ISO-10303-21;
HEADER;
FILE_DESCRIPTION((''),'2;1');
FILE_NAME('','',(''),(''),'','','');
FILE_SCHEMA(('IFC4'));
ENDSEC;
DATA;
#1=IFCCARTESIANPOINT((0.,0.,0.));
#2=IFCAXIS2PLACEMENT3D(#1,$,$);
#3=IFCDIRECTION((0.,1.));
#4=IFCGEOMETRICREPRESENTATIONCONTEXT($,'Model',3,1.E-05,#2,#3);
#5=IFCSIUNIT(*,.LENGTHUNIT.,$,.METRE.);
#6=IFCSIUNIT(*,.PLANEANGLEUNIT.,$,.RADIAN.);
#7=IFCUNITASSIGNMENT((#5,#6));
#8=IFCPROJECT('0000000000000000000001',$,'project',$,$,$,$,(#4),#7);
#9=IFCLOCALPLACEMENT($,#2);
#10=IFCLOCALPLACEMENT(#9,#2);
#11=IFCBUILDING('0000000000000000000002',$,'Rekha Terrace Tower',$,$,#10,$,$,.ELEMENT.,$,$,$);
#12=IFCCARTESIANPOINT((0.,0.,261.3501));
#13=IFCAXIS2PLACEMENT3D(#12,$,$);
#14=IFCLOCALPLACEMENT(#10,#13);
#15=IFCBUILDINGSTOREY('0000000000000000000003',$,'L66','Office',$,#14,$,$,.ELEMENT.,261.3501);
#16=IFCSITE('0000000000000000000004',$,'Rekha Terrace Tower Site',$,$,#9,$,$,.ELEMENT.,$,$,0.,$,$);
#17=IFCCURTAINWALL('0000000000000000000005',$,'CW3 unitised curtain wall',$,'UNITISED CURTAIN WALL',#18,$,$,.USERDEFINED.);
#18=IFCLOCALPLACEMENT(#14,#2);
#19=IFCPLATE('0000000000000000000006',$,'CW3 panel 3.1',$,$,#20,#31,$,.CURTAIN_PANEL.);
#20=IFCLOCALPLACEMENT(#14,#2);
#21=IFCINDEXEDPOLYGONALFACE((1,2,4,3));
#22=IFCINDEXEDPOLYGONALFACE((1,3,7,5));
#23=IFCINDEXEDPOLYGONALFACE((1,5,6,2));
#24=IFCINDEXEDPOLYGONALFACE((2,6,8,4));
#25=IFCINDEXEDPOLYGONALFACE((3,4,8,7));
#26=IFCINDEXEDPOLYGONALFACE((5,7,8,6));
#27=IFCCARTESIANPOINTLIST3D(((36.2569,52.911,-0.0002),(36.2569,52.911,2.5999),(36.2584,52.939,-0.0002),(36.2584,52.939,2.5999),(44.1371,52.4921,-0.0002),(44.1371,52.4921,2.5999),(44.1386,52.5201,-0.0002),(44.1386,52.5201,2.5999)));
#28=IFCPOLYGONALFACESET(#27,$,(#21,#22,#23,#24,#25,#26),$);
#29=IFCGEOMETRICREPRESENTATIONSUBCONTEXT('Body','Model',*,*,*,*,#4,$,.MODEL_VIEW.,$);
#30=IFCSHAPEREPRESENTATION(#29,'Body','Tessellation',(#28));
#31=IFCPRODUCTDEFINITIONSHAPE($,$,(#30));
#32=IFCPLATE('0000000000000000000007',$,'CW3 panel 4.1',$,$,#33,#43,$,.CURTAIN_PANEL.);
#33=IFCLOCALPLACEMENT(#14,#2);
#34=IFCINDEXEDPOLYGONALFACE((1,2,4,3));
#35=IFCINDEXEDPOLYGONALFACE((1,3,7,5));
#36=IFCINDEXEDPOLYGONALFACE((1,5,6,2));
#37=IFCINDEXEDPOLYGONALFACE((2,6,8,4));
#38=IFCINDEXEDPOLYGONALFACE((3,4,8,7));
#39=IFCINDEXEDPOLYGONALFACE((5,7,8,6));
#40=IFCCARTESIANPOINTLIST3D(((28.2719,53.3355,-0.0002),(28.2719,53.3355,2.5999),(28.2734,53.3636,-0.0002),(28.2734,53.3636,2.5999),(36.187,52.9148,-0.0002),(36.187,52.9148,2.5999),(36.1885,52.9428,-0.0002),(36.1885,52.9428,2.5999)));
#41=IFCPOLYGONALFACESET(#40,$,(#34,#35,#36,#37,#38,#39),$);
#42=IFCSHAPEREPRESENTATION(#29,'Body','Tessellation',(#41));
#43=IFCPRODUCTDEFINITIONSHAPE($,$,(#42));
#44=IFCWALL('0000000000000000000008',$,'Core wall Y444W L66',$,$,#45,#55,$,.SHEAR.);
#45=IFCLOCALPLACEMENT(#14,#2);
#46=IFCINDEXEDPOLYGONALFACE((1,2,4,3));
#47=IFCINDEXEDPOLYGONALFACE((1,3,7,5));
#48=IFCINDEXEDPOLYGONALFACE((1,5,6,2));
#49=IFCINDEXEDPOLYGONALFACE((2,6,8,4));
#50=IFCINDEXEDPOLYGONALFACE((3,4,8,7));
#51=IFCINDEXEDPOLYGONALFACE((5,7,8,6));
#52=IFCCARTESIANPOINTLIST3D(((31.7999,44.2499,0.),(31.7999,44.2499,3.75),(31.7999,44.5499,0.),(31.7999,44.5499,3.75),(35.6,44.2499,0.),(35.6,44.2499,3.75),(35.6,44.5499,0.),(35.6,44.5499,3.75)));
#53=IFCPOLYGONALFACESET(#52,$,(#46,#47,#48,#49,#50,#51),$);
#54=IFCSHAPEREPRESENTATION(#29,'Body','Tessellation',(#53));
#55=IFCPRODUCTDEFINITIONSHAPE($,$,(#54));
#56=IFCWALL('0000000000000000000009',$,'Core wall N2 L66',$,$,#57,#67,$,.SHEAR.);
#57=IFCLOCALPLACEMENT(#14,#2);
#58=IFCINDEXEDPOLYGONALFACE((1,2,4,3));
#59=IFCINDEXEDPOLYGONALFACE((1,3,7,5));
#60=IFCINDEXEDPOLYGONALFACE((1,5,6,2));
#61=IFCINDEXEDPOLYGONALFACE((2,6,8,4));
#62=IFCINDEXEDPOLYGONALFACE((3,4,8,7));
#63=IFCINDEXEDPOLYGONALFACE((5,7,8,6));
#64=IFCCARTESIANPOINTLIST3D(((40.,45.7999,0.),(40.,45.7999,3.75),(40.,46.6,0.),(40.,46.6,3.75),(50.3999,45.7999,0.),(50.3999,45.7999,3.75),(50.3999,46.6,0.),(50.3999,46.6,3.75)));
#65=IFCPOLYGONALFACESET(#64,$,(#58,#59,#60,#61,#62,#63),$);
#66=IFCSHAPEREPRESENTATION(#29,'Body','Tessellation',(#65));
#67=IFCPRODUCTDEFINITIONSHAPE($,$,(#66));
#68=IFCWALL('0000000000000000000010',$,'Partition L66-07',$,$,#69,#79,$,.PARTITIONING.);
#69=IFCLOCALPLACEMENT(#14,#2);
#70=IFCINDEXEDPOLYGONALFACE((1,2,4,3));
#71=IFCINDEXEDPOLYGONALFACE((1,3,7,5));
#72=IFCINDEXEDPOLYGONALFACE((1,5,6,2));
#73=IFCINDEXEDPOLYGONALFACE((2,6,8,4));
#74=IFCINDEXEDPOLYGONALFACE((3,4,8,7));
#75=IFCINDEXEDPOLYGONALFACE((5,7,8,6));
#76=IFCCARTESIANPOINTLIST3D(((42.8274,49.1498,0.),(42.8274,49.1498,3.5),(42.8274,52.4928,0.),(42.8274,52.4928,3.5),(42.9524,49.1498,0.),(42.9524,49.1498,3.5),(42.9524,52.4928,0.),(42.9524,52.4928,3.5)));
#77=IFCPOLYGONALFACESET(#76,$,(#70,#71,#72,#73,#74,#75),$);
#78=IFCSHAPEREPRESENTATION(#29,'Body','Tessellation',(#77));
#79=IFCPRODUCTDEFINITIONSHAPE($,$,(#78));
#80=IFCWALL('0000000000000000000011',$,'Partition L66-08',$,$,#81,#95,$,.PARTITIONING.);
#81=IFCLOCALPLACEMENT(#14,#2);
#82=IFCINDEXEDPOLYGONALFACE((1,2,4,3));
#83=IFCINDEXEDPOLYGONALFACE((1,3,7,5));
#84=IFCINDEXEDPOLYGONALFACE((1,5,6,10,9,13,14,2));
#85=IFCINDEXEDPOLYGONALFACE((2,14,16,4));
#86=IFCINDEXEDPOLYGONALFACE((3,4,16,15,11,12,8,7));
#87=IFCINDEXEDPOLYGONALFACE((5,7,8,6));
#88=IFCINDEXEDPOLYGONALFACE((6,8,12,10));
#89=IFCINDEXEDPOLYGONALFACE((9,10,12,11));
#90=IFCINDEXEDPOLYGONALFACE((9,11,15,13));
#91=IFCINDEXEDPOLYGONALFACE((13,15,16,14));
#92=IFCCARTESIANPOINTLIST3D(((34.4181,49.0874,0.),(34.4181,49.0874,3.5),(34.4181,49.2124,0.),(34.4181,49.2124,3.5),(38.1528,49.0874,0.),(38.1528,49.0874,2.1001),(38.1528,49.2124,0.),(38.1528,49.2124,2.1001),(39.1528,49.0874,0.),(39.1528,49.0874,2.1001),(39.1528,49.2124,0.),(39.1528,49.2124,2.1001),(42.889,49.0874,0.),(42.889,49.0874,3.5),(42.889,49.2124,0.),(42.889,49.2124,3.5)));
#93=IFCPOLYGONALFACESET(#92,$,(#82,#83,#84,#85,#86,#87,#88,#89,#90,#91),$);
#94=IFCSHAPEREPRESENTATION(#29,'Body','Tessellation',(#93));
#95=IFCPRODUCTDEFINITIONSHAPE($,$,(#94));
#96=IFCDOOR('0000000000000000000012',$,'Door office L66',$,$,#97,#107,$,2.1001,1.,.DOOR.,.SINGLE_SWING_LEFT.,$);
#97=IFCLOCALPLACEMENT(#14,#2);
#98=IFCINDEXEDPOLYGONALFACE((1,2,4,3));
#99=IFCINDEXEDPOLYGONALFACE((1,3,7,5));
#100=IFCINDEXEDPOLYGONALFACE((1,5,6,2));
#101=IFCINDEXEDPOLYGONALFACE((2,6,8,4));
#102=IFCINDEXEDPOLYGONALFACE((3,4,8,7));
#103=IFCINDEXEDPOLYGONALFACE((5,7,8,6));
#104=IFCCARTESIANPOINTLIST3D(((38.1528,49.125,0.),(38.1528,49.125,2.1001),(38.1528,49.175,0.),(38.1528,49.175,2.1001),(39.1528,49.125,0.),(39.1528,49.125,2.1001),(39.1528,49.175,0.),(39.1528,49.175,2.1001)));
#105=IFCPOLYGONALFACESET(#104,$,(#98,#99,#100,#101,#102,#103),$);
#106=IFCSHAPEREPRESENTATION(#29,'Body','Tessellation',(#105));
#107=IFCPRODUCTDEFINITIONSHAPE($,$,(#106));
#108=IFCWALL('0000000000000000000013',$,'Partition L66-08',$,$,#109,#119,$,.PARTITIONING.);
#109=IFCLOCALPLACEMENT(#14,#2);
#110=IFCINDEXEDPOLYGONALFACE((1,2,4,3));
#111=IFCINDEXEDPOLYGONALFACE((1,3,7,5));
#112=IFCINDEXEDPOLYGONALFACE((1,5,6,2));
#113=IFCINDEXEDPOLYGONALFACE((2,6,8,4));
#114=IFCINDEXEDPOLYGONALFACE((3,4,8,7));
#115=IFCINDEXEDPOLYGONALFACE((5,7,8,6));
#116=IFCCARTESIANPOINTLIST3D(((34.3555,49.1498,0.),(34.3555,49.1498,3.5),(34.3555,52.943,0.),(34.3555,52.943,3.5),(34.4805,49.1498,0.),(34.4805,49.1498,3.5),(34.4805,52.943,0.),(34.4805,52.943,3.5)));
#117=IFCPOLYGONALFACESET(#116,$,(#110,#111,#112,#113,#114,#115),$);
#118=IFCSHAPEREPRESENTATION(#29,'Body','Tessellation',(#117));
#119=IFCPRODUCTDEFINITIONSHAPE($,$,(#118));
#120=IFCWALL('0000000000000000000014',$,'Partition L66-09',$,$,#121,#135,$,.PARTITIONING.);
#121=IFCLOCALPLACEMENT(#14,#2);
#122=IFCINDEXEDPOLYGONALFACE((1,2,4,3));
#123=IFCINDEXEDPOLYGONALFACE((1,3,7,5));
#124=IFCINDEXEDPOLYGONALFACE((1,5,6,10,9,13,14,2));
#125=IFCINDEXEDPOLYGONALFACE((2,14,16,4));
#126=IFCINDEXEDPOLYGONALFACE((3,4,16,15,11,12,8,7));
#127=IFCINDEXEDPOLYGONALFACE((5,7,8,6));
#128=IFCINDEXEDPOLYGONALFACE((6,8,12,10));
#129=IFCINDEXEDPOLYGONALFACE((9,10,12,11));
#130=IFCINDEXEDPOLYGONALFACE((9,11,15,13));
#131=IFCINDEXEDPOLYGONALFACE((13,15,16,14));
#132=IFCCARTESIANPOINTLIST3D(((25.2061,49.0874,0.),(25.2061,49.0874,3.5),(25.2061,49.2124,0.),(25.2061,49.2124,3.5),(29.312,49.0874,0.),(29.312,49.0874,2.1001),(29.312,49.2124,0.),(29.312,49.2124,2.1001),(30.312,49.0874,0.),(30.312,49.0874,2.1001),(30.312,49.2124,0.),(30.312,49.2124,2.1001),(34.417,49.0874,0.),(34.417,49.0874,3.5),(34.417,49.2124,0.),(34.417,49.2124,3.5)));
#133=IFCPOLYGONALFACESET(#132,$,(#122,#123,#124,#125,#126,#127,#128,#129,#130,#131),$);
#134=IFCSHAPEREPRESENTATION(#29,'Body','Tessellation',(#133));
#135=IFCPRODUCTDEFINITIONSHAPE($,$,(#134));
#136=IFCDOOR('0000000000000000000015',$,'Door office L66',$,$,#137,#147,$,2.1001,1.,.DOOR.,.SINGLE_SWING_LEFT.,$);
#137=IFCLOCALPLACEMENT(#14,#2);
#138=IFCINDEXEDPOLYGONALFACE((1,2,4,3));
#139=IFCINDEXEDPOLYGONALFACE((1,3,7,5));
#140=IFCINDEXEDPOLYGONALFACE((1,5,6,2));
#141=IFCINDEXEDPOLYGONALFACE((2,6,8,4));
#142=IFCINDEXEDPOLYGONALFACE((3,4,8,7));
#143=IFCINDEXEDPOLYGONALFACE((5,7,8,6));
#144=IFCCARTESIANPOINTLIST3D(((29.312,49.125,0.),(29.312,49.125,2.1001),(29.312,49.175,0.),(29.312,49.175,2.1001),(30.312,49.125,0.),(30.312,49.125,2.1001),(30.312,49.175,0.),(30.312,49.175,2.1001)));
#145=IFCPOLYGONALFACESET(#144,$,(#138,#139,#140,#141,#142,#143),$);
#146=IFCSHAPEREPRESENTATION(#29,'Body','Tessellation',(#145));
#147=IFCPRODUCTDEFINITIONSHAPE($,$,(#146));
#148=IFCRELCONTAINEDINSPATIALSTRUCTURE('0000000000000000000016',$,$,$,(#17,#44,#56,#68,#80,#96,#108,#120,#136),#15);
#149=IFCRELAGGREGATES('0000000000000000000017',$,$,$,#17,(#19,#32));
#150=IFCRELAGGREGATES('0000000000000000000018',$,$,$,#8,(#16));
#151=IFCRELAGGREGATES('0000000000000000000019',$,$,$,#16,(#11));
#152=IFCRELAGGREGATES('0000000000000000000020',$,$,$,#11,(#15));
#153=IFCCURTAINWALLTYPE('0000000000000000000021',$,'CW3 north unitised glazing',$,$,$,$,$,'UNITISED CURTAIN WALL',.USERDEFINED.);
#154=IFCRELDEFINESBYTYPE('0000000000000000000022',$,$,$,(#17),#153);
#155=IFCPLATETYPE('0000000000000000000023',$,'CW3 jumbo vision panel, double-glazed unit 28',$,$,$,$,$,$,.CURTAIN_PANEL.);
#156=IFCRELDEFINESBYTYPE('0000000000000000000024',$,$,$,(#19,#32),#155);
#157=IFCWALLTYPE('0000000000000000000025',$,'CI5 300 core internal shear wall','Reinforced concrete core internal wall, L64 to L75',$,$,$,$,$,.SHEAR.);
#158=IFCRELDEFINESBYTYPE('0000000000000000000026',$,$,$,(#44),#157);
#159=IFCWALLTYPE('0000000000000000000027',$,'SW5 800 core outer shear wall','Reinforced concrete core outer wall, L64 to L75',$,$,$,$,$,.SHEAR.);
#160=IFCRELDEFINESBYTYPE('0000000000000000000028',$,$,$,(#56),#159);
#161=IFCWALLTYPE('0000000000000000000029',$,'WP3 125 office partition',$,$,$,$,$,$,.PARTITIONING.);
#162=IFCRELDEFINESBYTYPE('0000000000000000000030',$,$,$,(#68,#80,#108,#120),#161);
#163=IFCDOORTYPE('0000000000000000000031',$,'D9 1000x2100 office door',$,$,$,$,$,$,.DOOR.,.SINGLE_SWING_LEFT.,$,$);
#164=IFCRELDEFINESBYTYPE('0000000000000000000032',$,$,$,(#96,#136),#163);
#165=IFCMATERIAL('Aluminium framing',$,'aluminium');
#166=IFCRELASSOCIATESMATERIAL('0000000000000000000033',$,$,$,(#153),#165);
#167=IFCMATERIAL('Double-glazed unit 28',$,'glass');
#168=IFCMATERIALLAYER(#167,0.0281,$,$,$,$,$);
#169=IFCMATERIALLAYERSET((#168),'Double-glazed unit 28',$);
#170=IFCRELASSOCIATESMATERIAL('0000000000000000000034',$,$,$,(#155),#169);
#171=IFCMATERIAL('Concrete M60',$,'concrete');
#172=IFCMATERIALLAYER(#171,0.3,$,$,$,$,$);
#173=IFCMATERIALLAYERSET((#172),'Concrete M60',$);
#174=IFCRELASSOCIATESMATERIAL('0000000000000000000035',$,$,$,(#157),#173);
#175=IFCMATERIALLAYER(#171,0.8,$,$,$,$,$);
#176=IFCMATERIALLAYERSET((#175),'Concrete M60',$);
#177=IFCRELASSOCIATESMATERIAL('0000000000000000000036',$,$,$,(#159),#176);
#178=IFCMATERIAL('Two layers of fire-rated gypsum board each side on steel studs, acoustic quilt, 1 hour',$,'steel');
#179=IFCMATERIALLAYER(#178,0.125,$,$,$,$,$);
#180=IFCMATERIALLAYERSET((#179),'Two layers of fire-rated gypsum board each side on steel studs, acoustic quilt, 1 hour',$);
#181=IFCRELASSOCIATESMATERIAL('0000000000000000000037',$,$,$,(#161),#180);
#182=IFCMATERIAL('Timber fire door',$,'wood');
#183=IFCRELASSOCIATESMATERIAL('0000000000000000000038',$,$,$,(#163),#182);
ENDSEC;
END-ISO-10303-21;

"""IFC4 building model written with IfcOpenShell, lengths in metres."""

from ifc_helpers import new_model, si_unit, direction, frame, frame_2d, origin, origin_2d, place, context, subcontext, project, spatial, rectangle, extrude, material, layer, layer_set, type_object, element, fill, aggregate, save


model = new_model("IFC4")

# Units and contexts
model_context = context("Model", 3, precision=1e-05, world=origin(), true_north=direction((0.0, 1.0)))
body_context = subcontext(model_context, "Body", "Model", "MODEL_VIEW")
ifc_project = project(units=[si_unit("LENGTHUNIT", "METRE"), si_unit("PLANEANGLEUNIT", "RADIAN")], contexts=[model_context])

# Site, building, storey
site_placement = place(None, origin())
site = spatial("IfcSite", under=ifc_project, at=site_placement, Name="Rekha Terrace Tower Site", CompositionType="ELEMENT", RefElevation=0.0)
building_placement = place(site_placement, origin())
building = spatial("IfcBuilding", under=site, at=building_placement, Name="Rekha Terrace Tower", CompositionType="ELEMENT")
storey_placement = place(building_placement, frame((0.0, 0.0, 261.3501)))
storey = spatial("IfcBuildingStorey", under=building, at=storey_placement, Name="L66", Description="Office", CompositionType="ELEMENT", Elevation=261.3501)

# Shared definitions
ifc_material_1 = material(Name="Concrete M60", Category="concrete")

# Curtain wall
ifc_material_2 = material(Name="Aluminium framing", Category="aluminium")
curtain_wall_type = type_object("IfcCurtainWallType", Name="CW3 north unitised glazing", ElementType="UNITISED CURTAIN WALL", PredefinedType="USERDEFINED", material=ifc_material_2)
curtain_wall_placement = place(storey_placement, origin())
curtain_wall = element("IfcCurtainWall", 1, at=curtain_wall_placement, inside=storey, type_object=curtain_wall_type, Name="CW3 unitised curtain wall", ObjectType="UNITISED CURTAIN WALL", PredefinedType="USERDEFINED")

# Plates
ifc_material_3 = material(Name="Double-glazed unit 28", Category="glass")
ifc_layer_1 = layer(ifc_material_3, 0.0281)
ifc_layer_set_1 = layer_set([ifc_layer_1], Name="Double-glazed unit 28")
plate_type = type_object("IfcPlateType", Name="CW3 jumbo vision panel, double-glazed unit 28", PredefinedType="CURTAIN_PANEL", material=ifc_layer_set_1)
plate_1_placement = place(storey_placement, frame((40.1978, 52.7156, -0.0002), z_axis=(0.0, 0.0, 1.0), x_axis=(-0.99859, 0.053083, 0.0)))
plate_1 = element("IfcPlate", 2, at=plate_1_placement, type_object=plate_type, Name="CW3 panel 3.1", PredefinedType="CURTAIN_PANEL", context=body_context, shape_type="SweptSolid", body=[
    extrude(rectangle(XDim=7.8914, YDim=0.0281, at=origin_2d()), origin(), (0.0, 0.0, 1.0), 2.6001),
])
plate_2_placement = place(storey_placement, frame((32.2302, 53.1392, -0.0002), z_axis=(0.0, 0.0, 1.0), x_axis=(-0.99859, 0.053083, 0.0)))
plate_2 = element("IfcPlate", 3, at=plate_2_placement, type_object=plate_type, Name="CW3 panel 4.1", PredefinedType="CURTAIN_PANEL", context=body_context, shape_type="SweptSolid", body=[
    extrude(rectangle(XDim=7.9263, YDim=0.0281, at=origin_2d()), origin(), (0.0, 0.0, 1.0), 2.6001),
])
aggregate(curtain_wall, [plate_1, plate_2])

# Walls
ifc_layer_2 = layer(ifc_material_1, 0.3)
ifc_layer_set_2 = layer_set([ifc_layer_2], Name="Concrete M60")
wall_type_1 = type_object("IfcWallType", Name="CI5 300 core internal shear wall", Description="Reinforced concrete core internal wall, L64 to L75", PredefinedType="SHEAR", material=ifc_layer_set_2)
wall_1_placement = place(storey_placement, frame((31.8, 44.3999, 0.0), z_axis=(0.0, 0.0, 1.0), x_axis=(1.0, 0.0, 0.0)))
element("IfcWall", 4, at=wall_1_placement, inside=storey, type_object=wall_type_1, Name="Core wall Y444W L66", PredefinedType="SHEAR", context=body_context, shape_type="SweptSolid", body=[
    extrude(rectangle(XDim=3.8, YDim=0.3, at=frame_2d((1.8999, 0.0))), origin(), (0.0, 0.0, 1.0), 3.75),
])
ifc_layer_3 = layer(ifc_material_1, 0.8)
ifc_layer_set_3 = layer_set([ifc_layer_3], Name="Concrete M60")
wall_type_2 = type_object("IfcWallType", Name="SW5 800 core outer shear wall", Description="Reinforced concrete core outer wall, L64 to L75", PredefinedType="SHEAR", material=ifc_layer_set_3)
wall_2_placement = place(storey_placement, frame((40.0, 46.2, 0.0), z_axis=(0.0, 0.0, 1.0), x_axis=(1.0, 0.0, 0.0)))
element("IfcWall", 5, at=wall_2_placement, inside=storey, type_object=wall_type_2, Name="Core wall N2 L66", PredefinedType="SHEAR", context=body_context, shape_type="SweptSolid", body=[
    extrude(rectangle(XDim=10.3999, YDim=0.8, at=frame_2d((5.2, 0.0))), origin(), (0.0, 0.0, 1.0), 3.75),
])
ifc_material_4 = material(Name="Two layers of fire-rated gypsum board each side on steel studs, acoustic quilt, 1 hour", Category="steel")
ifc_layer_4 = layer(ifc_material_4, 0.125)
ifc_layer_set_4 = layer_set([ifc_layer_4], Name="Two layers of fire-rated gypsum board each side on steel studs, acoustic quilt, 1 hour")
wall_type_3 = type_object("IfcWallType", Name="WP3 125 office partition", PredefinedType="PARTITIONING", material=ifc_layer_set_4)
wall_3_placement = place(storey_placement, frame((42.8899, 49.1499, 0.0), z_axis=(0.0, 0.0, 1.0), x_axis=(0.0, 1.0, 0.0)))
element("IfcWall", 6, at=wall_3_placement, inside=storey, type_object=wall_type_3, Name="Partition L66-07", PredefinedType="PARTITIONING", context=body_context, shape_type="SweptSolid", body=[
    extrude(rectangle(XDim=3.343, YDim=0.125, at=frame_2d((1.6714, 0.0))), origin(), (0.0, 0.0, 1.0), 3.5),
])

# Wall, opening, door
wall_4_placement = place(storey_placement, frame((42.8889, 49.1499, 0.0), z_axis=(0.0, 0.0, 1.0), x_axis=(-1.0, 0.0, 0.0)))
wall_4 = element("IfcWall", 7, at=wall_4_placement, inside=storey, type_object=wall_type_3, Name="Partition L66-08", PredefinedType="PARTITIONING", context=body_context, shape_type="SweptSolid", body=[
    extrude(rectangle(XDim=8.4709, YDim=0.125, at=frame_2d((4.2354, 0.0))), origin(), (0.0, 0.0, 1.0), 3.5),
])
opening_1_placement = place(wall_4_placement, frame((3.7361, 0.0, 0.0)))
opening_1 = element("IfcOpeningElement", 8, at=opening_1_placement, cuts=wall_4, PredefinedType="OPENING", context=body_context, shape_type="SweptSolid", body=[
    extrude(rectangle(XDim=1.0, YDim=2.1001, at=frame_2d((0.5, 1.05))), frame((0.0, 0.0725, 0.0), z_axis=(0.0, -1.0, 0.0), x_axis=(1.0, 0.0, 0.0)), (0.0, 0.0, 1.0), 0.145),
])
ifc_material_5 = material(Name="Timber fire door", Category="wood")
door_type_1 = type_object("IfcDoorType", Name="D9 1000x2100 office door", OperationType="SINGLE_SWING_LEFT", PredefinedType="DOOR", material=ifc_material_5)
door_1_placement = place(opening_1_placement, origin())
door_1 = element("IfcDoor", 9, at=door_1_placement, inside=storey, type_object=door_type_1, Name="Door office L66", OperationType="SINGLE_SWING_LEFT", OverallHeight=2.1001, OverallWidth=1.0, PredefinedType="DOOR", context=body_context, shape_type="SweptSolid", body=[
    extrude(rectangle(XDim=1.0, YDim=2.1001, at=frame_2d((0.5, 1.05))), frame((0.0, 0.0249, 0.0), z_axis=(0.0, -1.0, 0.0), x_axis=(1.0, 0.0, 0.0)), (0.0, 0.0, 1.0), 0.05),
])
fill(opening_1, door_1)

# Wall
wall_5_placement = place(storey_placement, frame((34.418, 49.1499, 0.0), z_axis=(0.0, 0.0, 1.0), x_axis=(0.0, 1.0, 0.0)))
element("IfcWall", 10, at=wall_5_placement, inside=storey, type_object=wall_type_3, Name="Partition L66-08", PredefinedType="PARTITIONING", context=body_context, shape_type="SweptSolid", body=[
    extrude(rectangle(XDim=3.7932, YDim=0.125, at=frame_2d((1.8965, 0.0))), origin(), (0.0, 0.0, 1.0), 3.5),
])

# Wall, opening, door
wall_6_placement = place(storey_placement, frame((34.417, 49.1499, 0.0), z_axis=(0.0, 0.0, 1.0), x_axis=(-1.0, 0.0, 0.0)))
wall_6 = element("IfcWall", 11, at=wall_6_placement, inside=storey, type_object=wall_type_3, Name="Partition L66-09", PredefinedType="PARTITIONING", context=body_context, shape_type="SweptSolid", body=[
    extrude(rectangle(XDim=9.2109, YDim=0.125, at=frame_2d((4.6055, 0.0))), origin(), (0.0, 0.0, 1.0), 3.5),
])
opening_2_placement = place(wall_6_placement, frame((4.105, 0.0, 0.0)))
opening_2 = element("IfcOpeningElement", 12, at=opening_2_placement, cuts=wall_6, PredefinedType="OPENING", context=body_context, shape_type="SweptSolid", body=[
    extrude(rectangle(XDim=1.0, YDim=2.1001, at=frame_2d((0.5, 1.05))), frame((0.0, 0.0725, 0.0), z_axis=(0.0, -1.0, 0.0), x_axis=(1.0, 0.0, 0.0)), (0.0, 0.0, 1.0), 0.145),
])
door_2_placement = place(opening_2_placement, origin())
door_2 = element("IfcDoor", 13, at=door_2_placement, inside=storey, type_object=door_type_1, Name="Door office L66", OperationType="SINGLE_SWING_LEFT", OverallHeight=2.1001, OverallWidth=1.0, PredefinedType="DOOR", context=body_context, shape_type="SweptSolid", body=[
    extrude(rectangle(XDim=1.0, YDim=2.1001, at=frame_2d((0.5, 1.05))), frame((0.0, 0.0249, 0.0), z_axis=(0.0, -1.0, 0.0), x_axis=(1.0, 0.0, 0.0)), (0.0, 0.0, 1.0), 0.05),
])
fill(opening_2, door_2)

save(model, "model.ifc")
